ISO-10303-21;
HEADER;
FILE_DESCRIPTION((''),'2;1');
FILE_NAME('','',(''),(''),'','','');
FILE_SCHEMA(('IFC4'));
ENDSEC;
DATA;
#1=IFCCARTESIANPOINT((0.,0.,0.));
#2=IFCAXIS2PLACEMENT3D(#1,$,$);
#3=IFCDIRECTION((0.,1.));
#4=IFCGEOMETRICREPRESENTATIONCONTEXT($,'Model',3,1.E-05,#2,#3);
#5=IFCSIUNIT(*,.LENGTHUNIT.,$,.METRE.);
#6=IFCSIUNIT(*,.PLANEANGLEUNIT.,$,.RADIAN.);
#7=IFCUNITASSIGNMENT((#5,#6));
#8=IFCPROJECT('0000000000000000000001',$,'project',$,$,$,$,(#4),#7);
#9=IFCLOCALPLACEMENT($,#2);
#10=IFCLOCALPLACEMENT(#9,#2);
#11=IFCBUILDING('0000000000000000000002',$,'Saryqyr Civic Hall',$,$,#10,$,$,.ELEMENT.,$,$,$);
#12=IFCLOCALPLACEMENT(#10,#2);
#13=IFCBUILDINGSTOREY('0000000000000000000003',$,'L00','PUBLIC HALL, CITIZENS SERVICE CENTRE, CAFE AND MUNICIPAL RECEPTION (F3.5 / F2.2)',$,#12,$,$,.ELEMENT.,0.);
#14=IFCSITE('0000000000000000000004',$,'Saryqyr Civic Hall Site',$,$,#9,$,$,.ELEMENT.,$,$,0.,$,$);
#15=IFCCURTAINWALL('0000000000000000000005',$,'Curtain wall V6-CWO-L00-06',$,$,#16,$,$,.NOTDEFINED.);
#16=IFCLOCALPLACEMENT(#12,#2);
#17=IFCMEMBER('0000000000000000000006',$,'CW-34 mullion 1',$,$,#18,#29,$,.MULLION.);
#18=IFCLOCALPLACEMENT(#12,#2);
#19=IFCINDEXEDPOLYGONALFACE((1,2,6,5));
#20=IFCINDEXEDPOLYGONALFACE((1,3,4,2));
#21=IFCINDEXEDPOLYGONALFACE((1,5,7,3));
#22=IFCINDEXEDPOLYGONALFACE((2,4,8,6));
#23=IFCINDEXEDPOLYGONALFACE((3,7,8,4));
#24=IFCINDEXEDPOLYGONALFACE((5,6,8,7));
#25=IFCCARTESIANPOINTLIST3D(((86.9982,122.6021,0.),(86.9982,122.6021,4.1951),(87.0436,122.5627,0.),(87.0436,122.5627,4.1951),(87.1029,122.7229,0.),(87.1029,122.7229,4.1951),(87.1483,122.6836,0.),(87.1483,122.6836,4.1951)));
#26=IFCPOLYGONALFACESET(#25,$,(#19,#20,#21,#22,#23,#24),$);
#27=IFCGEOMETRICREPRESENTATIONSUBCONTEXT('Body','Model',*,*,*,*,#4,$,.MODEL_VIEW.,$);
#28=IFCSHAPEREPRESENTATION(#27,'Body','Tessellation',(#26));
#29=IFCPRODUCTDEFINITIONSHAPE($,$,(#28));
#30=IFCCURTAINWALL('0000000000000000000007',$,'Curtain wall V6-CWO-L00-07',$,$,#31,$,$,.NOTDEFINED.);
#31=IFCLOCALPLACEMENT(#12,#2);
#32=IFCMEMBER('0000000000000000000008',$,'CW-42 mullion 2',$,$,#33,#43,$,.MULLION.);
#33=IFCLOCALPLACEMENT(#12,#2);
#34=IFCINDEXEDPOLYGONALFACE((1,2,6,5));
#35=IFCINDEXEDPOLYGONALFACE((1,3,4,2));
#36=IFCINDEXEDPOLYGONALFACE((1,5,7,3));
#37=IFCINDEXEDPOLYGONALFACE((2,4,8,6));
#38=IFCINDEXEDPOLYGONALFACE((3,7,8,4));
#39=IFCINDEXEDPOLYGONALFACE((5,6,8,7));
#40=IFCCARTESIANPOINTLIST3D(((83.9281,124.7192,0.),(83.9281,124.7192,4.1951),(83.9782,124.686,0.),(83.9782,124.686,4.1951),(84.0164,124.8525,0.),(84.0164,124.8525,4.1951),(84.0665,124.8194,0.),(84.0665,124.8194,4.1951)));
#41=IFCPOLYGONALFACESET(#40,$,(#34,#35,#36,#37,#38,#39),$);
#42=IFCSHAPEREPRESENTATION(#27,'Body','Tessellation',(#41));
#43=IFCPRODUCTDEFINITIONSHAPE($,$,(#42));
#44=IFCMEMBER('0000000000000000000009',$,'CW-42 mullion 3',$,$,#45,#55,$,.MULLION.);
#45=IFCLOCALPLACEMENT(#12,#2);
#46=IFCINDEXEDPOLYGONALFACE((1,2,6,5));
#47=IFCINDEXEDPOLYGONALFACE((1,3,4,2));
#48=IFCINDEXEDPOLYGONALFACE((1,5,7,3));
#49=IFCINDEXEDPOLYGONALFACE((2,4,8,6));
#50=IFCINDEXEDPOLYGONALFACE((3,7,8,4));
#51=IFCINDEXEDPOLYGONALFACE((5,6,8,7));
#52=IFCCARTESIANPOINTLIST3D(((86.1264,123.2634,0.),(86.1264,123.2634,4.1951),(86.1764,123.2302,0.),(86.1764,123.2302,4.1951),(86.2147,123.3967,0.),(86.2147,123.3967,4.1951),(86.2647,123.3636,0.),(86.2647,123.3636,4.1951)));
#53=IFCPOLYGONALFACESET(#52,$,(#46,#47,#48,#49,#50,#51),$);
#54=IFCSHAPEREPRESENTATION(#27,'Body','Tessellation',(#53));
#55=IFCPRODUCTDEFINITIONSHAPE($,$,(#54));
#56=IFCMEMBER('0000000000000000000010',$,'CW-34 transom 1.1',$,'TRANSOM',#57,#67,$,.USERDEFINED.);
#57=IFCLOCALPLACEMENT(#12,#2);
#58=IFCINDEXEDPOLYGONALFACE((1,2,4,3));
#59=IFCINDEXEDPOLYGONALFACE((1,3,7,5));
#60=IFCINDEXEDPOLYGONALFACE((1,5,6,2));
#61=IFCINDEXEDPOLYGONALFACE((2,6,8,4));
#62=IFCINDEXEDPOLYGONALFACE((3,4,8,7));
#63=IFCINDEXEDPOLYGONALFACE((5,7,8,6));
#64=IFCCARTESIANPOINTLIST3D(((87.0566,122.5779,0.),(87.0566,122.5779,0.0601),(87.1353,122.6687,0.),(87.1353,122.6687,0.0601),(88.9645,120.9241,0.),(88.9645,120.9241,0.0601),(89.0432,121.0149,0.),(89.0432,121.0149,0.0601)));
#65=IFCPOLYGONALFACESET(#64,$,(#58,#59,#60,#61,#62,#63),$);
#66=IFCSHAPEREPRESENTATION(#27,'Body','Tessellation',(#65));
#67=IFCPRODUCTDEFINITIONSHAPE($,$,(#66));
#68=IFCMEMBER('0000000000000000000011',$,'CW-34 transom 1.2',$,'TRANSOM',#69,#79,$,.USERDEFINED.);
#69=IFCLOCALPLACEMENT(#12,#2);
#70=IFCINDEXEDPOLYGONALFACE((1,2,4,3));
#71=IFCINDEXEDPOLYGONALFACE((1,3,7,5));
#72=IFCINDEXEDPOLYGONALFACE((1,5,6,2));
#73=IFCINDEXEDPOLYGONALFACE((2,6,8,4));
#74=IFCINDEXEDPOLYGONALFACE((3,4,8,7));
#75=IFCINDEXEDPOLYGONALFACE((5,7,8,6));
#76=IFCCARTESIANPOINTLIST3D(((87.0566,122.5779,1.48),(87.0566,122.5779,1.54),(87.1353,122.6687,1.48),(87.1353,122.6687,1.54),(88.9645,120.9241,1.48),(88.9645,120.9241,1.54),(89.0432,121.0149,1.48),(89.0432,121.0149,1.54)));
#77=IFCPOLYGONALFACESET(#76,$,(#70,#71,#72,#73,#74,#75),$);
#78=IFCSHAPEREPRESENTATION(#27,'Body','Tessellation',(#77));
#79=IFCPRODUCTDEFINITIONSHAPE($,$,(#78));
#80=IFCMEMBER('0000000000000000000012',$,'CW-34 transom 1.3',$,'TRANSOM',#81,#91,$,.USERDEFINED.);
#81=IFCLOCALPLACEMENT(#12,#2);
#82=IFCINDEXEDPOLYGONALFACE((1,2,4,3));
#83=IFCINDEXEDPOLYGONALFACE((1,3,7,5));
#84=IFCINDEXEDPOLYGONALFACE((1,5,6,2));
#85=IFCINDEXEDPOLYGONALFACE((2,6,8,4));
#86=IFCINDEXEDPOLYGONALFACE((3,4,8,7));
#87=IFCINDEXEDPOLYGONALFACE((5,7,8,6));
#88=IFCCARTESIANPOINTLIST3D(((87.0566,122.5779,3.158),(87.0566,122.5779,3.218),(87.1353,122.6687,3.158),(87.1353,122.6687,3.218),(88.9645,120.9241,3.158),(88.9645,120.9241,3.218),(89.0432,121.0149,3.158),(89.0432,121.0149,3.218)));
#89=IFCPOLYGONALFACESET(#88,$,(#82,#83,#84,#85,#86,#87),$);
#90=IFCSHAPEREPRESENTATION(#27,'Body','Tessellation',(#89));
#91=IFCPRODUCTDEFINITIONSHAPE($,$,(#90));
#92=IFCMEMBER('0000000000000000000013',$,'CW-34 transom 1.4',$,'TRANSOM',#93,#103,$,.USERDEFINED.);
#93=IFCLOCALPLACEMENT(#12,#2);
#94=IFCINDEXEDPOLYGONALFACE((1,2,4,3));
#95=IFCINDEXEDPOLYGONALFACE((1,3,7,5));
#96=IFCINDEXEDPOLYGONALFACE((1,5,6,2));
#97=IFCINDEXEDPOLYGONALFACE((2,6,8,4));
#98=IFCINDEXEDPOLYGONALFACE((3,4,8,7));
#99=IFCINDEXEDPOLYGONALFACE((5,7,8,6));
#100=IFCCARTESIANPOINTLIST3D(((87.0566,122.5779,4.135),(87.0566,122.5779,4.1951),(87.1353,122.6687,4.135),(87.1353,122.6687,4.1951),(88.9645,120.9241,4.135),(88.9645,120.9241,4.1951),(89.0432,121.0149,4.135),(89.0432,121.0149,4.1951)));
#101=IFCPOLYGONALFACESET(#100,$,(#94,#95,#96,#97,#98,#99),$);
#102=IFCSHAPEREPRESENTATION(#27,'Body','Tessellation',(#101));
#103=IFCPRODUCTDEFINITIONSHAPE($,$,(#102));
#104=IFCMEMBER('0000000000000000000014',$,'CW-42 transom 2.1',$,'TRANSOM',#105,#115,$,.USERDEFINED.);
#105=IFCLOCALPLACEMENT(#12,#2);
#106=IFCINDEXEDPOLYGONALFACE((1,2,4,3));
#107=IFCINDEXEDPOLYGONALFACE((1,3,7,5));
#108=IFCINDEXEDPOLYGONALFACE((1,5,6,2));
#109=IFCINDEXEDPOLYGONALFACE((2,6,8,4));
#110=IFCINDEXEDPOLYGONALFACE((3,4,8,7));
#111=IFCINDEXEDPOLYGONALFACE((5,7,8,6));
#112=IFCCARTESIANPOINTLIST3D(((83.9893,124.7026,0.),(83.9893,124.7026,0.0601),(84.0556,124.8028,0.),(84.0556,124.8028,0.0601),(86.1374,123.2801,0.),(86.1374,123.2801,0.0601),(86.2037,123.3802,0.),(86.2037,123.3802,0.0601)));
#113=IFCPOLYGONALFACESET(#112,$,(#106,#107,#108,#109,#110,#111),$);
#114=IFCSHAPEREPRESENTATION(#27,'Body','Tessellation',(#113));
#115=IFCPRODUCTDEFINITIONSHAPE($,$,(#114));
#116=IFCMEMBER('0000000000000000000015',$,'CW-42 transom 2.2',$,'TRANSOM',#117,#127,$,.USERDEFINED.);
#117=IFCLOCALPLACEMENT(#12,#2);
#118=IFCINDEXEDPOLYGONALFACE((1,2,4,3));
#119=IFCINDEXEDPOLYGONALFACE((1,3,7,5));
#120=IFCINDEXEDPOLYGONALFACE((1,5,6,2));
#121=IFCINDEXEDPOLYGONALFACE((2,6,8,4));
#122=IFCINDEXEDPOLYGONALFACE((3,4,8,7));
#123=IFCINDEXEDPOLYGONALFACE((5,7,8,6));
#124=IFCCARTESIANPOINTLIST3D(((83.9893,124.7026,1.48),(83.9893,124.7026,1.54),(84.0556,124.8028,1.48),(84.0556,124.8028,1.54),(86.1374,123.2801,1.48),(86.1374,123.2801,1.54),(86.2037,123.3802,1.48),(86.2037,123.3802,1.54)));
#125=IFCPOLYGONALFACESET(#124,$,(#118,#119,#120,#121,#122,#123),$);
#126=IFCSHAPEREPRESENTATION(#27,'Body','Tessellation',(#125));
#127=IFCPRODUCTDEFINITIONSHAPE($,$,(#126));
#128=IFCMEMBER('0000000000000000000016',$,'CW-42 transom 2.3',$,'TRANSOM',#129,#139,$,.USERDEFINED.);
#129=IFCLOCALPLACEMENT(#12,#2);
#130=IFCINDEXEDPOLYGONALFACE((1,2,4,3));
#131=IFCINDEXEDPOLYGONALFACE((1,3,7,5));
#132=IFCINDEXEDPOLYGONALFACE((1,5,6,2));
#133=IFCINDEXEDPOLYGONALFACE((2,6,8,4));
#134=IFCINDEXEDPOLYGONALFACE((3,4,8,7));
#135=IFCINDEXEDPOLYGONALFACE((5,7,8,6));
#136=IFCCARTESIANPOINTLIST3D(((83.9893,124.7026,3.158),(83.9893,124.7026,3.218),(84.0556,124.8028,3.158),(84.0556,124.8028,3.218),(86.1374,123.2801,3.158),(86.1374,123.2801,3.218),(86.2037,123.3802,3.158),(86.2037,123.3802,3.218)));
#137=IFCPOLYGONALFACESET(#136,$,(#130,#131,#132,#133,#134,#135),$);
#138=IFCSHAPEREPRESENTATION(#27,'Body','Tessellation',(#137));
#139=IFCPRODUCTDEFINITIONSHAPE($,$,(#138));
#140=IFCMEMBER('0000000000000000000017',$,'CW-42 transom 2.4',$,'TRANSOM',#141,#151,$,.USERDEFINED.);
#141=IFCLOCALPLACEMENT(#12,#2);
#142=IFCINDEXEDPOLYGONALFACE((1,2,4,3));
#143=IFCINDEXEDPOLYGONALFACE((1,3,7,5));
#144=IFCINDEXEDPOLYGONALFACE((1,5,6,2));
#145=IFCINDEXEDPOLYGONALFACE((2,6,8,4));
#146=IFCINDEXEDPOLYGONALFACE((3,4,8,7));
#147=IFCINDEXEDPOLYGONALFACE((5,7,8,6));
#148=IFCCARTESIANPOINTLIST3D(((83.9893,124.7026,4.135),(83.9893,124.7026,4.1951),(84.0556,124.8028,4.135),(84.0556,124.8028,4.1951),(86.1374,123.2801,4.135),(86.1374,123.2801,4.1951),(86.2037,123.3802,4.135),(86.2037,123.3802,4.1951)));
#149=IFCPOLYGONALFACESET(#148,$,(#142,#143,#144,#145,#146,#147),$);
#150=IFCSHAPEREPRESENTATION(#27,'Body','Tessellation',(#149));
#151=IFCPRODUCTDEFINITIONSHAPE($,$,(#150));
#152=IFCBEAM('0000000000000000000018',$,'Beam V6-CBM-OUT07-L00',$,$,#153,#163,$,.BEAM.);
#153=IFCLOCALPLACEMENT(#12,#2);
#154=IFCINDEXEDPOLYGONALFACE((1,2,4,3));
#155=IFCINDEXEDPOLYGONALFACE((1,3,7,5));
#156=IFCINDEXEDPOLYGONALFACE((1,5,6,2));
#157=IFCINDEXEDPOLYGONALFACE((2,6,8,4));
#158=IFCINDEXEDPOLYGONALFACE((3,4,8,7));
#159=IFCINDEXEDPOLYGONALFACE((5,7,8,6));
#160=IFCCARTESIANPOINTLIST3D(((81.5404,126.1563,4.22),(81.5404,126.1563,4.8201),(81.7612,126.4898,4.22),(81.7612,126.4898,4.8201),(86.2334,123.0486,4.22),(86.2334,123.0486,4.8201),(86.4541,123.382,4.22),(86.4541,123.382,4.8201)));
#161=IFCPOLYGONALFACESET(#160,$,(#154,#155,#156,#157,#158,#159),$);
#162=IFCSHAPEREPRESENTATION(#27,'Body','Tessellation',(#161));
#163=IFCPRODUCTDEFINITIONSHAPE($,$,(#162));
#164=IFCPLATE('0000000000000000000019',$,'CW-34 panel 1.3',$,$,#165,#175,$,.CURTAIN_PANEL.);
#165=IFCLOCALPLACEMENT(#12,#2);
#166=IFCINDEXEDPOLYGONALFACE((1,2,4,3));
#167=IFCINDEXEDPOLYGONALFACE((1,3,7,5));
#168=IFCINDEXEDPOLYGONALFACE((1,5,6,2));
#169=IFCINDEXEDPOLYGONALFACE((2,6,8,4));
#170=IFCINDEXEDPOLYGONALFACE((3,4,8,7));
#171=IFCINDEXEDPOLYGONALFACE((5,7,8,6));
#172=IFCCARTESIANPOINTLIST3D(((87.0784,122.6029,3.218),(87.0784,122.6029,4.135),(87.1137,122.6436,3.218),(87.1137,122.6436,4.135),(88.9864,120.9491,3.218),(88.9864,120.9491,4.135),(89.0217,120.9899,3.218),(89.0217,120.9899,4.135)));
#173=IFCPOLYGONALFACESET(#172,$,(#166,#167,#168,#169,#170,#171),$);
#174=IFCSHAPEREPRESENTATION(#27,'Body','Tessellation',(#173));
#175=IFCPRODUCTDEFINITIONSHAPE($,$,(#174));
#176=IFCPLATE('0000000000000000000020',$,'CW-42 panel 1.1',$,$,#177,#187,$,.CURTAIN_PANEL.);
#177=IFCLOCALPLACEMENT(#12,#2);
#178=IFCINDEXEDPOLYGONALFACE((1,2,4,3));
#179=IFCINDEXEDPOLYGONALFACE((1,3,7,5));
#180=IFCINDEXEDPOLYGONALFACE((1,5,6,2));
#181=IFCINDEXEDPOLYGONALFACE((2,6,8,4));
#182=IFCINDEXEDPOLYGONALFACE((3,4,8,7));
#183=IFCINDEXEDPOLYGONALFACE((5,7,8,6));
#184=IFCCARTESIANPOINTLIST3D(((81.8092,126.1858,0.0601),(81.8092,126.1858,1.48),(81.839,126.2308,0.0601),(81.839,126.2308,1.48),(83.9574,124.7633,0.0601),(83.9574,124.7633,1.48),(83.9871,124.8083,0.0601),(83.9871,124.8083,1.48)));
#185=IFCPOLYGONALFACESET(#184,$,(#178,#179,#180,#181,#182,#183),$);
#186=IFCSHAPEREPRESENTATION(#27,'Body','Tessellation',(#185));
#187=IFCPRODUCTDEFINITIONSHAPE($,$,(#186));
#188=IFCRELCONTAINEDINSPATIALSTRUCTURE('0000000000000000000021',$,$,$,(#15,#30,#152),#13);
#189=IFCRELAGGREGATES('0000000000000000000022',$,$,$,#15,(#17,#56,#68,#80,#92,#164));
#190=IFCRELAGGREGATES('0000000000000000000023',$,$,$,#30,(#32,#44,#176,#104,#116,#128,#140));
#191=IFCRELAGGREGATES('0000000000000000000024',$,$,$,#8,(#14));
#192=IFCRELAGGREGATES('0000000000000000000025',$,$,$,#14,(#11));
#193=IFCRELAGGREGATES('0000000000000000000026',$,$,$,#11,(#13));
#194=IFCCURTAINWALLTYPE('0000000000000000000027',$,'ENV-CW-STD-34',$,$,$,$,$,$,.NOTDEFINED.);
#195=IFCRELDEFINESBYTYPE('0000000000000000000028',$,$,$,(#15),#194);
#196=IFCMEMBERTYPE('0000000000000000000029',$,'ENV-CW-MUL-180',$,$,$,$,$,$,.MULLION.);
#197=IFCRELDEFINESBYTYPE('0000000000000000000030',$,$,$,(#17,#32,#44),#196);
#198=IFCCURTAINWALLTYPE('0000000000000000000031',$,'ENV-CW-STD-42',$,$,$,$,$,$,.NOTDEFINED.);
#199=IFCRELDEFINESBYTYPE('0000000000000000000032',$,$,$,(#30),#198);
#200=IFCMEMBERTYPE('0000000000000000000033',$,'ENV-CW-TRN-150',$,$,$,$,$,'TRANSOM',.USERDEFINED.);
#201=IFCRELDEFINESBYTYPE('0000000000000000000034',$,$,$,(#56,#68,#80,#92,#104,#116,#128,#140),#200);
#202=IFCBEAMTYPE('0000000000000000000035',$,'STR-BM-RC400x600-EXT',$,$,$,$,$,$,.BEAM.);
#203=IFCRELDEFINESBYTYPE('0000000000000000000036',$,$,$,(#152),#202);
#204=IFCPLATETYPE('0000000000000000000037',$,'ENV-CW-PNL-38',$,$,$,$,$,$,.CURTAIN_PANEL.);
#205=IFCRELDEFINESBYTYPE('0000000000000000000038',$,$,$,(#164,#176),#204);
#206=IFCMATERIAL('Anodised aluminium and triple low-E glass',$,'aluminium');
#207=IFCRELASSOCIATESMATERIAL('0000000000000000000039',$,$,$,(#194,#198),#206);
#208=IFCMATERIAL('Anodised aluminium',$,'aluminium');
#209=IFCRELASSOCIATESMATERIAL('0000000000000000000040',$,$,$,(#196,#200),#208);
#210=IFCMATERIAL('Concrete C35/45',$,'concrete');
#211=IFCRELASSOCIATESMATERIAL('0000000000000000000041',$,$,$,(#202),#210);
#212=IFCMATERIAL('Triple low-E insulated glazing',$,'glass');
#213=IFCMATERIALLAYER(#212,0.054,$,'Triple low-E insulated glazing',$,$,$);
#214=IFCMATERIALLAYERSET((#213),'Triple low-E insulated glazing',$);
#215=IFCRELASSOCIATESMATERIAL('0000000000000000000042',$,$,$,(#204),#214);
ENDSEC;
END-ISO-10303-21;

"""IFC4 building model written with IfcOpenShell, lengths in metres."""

from ifc_helpers import new_model, si_unit, direction, frame, origin, origin_2d, place, context, subcontext, project, spatial, rectangle, extrude, material, layer, layer_set, material_profile, profile_set, type_object, element, aggregate, save


model = new_model("IFC4")

# Units and contexts
model_context = context("Model", 3, precision=1e-05, world=origin(), true_north=direction((0.0, 1.0)))
body_context = subcontext(model_context, "Body", "Model", "MODEL_VIEW")
ifc_project = project(units=[si_unit("LENGTHUNIT", "METRE"), si_unit("PLANEANGLEUNIT", "RADIAN")], contexts=[model_context])

# Site, building, storey
site_placement = place(None, origin())
site = spatial("IfcSite", under=ifc_project, at=site_placement, Name="Saryqyr Civic Hall Site", CompositionType="ELEMENT", RefElevation=0.0)
building_placement = place(site_placement, origin())
building = spatial("IfcBuilding", under=site, at=building_placement, Name="Saryqyr Civic Hall", CompositionType="ELEMENT")
storey_placement = place(building_placement, origin())
storey = spatial("IfcBuildingStorey", under=building, at=storey_placement, Name="L00", Description="PUBLIC HALL, CITIZENS SERVICE CENTRE, CAFE AND MUNICIPAL RECEPTION (F3.5 / F2.2)", CompositionType="ELEMENT", Elevation=0.0)

# Curtain wall, member
ifc_material_1 = material(Name="Anodised aluminium and triple low-E glass", Category="aluminium")
curtain_wall_type_1 = type_object("IfcCurtainWallType", Name="ENV-CW-STD-34", PredefinedType="NOTDEFINED", material=ifc_material_1)
curtain_wall_1_placement = place(storey_placement, origin())
curtain_wall_1 = element("IfcCurtainWall", 1, at=curtain_wall_1_placement, inside=storey, type_object=curtain_wall_type_1, Name="Curtain wall V6-CWO-L00-06", PredefinedType="NOTDEFINED")
ifc_material_2 = material(Name="Anodised aluminium", Category="aluminium")
ifc_material_profile_1 = material_profile(ifc_material_2, rectangle(XDim=0.0601, YDim=0.1599, at=origin_2d()), Name="ALU MULLION 60x160")
ifc_profile_set_1 = profile_set([ifc_material_profile_1], Name="Anodised aluminium")
member_type_1 = type_object("IfcMemberType", Name="ENV-CW-MUL-180", PredefinedType="MULLION", material=ifc_profile_set_1)
member_1_placement = place(storey_placement, frame((87.0732, 122.6428, 0.0), z_axis=(0.0, 0.0, 1.0), x_axis=(0.755656, -0.654968, 0.0)))
member_1 = element("IfcMember", 2, at=member_1_placement, type_object=member_type_1, Name="CW-34 mullion 1", PredefinedType="MULLION", context=body_context, shape_type="SweptSolid", body=[
    extrude(rectangle(XDim=0.0601, YDim=0.1599, at=origin_2d()), origin(), (0.0, 0.0, 1.0), 4.1951),
])

# Curtain wall, members
curtain_wall_type_2 = type_object("IfcCurtainWallType", Name="ENV-CW-STD-42", PredefinedType="NOTDEFINED", material=ifc_material_1)
curtain_wall_2_placement = place(storey_placement, origin())
curtain_wall_2 = element("IfcCurtainWall", 3, at=curtain_wall_2_placement, inside=storey, type_object=curtain_wall_type_2, Name="Curtain wall V6-CWO-L00-07", PredefinedType="NOTDEFINED")
member_2_placement = place(storey_placement, frame((83.9973, 124.7693, 0.0), z_axis=(0.0, 0.0, 1.0), x_axis=(0.833763, -0.552123, 0.0)))
member_2 = element("IfcMember", 4, at=member_2_placement, type_object=member_type_1, Name="CW-42 mullion 2", PredefinedType="MULLION", context=body_context, shape_type="SweptSolid", body=[
    extrude(rectangle(XDim=0.0601, YDim=0.1599, at=origin_2d()), origin(), (0.0, 0.0, 1.0), 4.1951),
])
member_3_placement = place(storey_placement, frame((86.1956, 123.3135, 0.0), z_axis=(0.0, 0.0, 1.0), x_axis=(0.833763, -0.552123, 0.0)))
member_3 = element("IfcMember", 5, at=member_3_placement, type_object=member_type_1, Name="CW-42 mullion 3", PredefinedType="MULLION", context=body_context, shape_type="SweptSolid", body=[
    extrude(rectangle(XDim=0.0601, YDim=0.1599, at=origin_2d()), origin(), (0.0, 0.0, 1.0), 4.1951),
])

# Members
ifc_material_profile_2 = material_profile(ifc_material_2, rectangle(XDim=0.1201, YDim=0.0601, at=origin_2d()), Name="ALU TRANSOM 120x60")
ifc_profile_set_2 = profile_set([ifc_material_profile_2], Name="Anodised aluminium")
member_type_2 = type_object("IfcMemberType", Name="ENV-CW-TRN-150", ElementType="TRANSOM", PredefinedType="USERDEFINED", material=ifc_profile_set_2)
member_4_placement = place(storey_placement, frame((87.0959, 122.6233, 0.03), z_axis=(0.755641, -0.654986, 0.0), x_axis=(0.654986, 0.755641, 0.0)))
member_4 = element("IfcMember", 6, at=member_4_placement, type_object=member_type_2, Name="CW-34 transom 1.1", ObjectType="TRANSOM", PredefinedType="USERDEFINED", context=body_context, shape_type="SweptSolid", body=[
    extrude(rectangle(XDim=0.1201, YDim=0.0601, at=origin_2d()), origin(), (0.0, 0.0, 1.0), 2.5249),
])
member_5_placement = place(storey_placement, frame((87.0959, 122.6233, 1.51), z_axis=(0.755641, -0.654986, 0.0), x_axis=(0.654986, 0.755641, 0.0)))
member_5 = element("IfcMember", 7, at=member_5_placement, type_object=member_type_2, Name="CW-34 transom 1.2", ObjectType="TRANSOM", PredefinedType="USERDEFINED", context=body_context, shape_type="SweptSolid", body=[
    extrude(rectangle(XDim=0.1201, YDim=0.0601, at=origin_2d()), origin(), (0.0, 0.0, 1.0), 2.5249),
])
member_6_placement = place(storey_placement, frame((87.0959, 122.6233, 3.188), z_axis=(0.755641, -0.654986, 0.0), x_axis=(0.654986, 0.755641, 0.0)))
member_6 = element("IfcMember", 8, at=member_6_placement, type_object=member_type_2, Name="CW-34 transom 1.3", ObjectType="TRANSOM", PredefinedType="USERDEFINED", context=body_context, shape_type="SweptSolid", body=[
    extrude(rectangle(XDim=0.1201, YDim=0.0601, at=origin_2d()), origin(), (0.0, 0.0, 1.0), 2.5249),
])
member_7_placement = place(storey_placement, frame((87.0959, 122.6233, 4.165), z_axis=(0.755641, -0.654986, 0.0), x_axis=(0.654986, 0.755641, 0.0)))
member_7 = element("IfcMember", 9, at=member_7_placement, type_object=member_type_2, Name="CW-34 transom 1.4", ObjectType="TRANSOM", PredefinedType="USERDEFINED", context=body_context, shape_type="SweptSolid", body=[
    extrude(rectangle(XDim=0.1201, YDim=0.0601, at=origin_2d()), origin(), (0.0, 0.0, 1.0), 2.5249),
])
member_8_placement = place(storey_placement, frame((84.0225, 124.7527, 0.03), z_axis=(0.833752, -0.552139, 0.0), x_axis=(0.552139, 0.833752, 0.0)))
member_8 = element("IfcMember", 10, at=member_8_placement, type_object=member_type_2, Name="CW-42 transom 2.1", ObjectType="TRANSOM", PredefinedType="USERDEFINED", context=body_context, shape_type="SweptSolid", body=[
    extrude(rectangle(XDim=0.1201, YDim=0.0601, at=origin_2d()), origin(), (0.0, 0.0, 1.0), 2.5764),
])
member_9_placement = place(storey_placement, frame((84.0225, 124.7527, 1.51), z_axis=(0.833752, -0.552139, 0.0), x_axis=(0.552139, 0.833752, 0.0)))
member_9 = element("IfcMember", 11, at=member_9_placement, type_object=member_type_2, Name="CW-42 transom 2.2", ObjectType="TRANSOM", PredefinedType="USERDEFINED", context=body_context, shape_type="SweptSolid", body=[
    extrude(rectangle(XDim=0.1201, YDim=0.0601, at=origin_2d()), origin(), (0.0, 0.0, 1.0), 2.5764),
])
member_10_placement = place(storey_placement, frame((84.0225, 124.7527, 3.188), z_axis=(0.833752, -0.552139, 0.0), x_axis=(0.552139, 0.833752, 0.0)))
member_10 = element("IfcMember", 12, at=member_10_placement, type_object=member_type_2, Name="CW-42 transom 2.3", ObjectType="TRANSOM", PredefinedType="USERDEFINED", context=body_context, shape_type="SweptSolid", body=[
    extrude(rectangle(XDim=0.1201, YDim=0.0601, at=origin_2d()), origin(), (0.0, 0.0, 1.0), 2.5764),
])
member_11_placement = place(storey_placement, frame((84.0225, 124.7527, 4.165), z_axis=(0.833752, -0.552139, 0.0), x_axis=(0.552139, 0.833752, 0.0)))
member_11 = element("IfcMember", 13, at=member_11_placement, type_object=member_type_2, Name="CW-42 transom 2.4", ObjectType="TRANSOM", PredefinedType="USERDEFINED", context=body_context, shape_type="SweptSolid", body=[
    extrude(rectangle(XDim=0.1201, YDim=0.0601, at=origin_2d()), origin(), (0.0, 0.0, 1.0), 2.5764),
])

# Beam
ifc_material_3 = material(Name="Concrete C35/45", Category="concrete")
ifc_material_profile_3 = material_profile(ifc_material_3, rectangle(XDim=0.3999, YDim=0.6001, at=origin_2d()), Name="RC 400x600")
ifc_profile_set_3 = profile_set([ifc_material_profile_3], Name="Concrete C35/45")
beam_type = type_object("IfcBeamType", Name="STR-BM-RC400x600-EXT", PredefinedType="BEAM", material=ifc_profile_set_3)
beam_placement = place(storey_placement, frame((86.3438, 123.2153, 4.52), z_axis=(-0.833761, 0.552125, 0.0), x_axis=(-0.552125, -0.833761, 0.0)))
element("IfcBeam", 14, at=beam_placement, inside=storey, type_object=beam_type, Name="Beam V6-CBM-OUT07-L00", PredefinedType="BEAM", context=body_context, shape_type="SweptSolid", body=[
    extrude(rectangle(XDim=0.3999, YDim=0.6001, at=origin_2d()), origin(), (0.0, 0.0, 1.0), 5.6287),
])

# Plates
ifc_material_4 = material(Name="Triple low-E insulated glazing", Category="glass")
ifc_layer_1 = layer(ifc_material_4, 0.054, Name="Triple low-E insulated glazing")
ifc_layer_set_1 = layer_set([ifc_layer_1], Name="Triple low-E insulated glazing")
plate_type = type_object("IfcPlateType", Name="ENV-CW-PNL-38", PredefinedType="CURTAIN_PANEL", material=ifc_layer_set_1)
plate_1_placement = place(storey_placement, frame((88.05, 121.7964, 3.218), z_axis=(0.0, 0.0, 1.0), x_axis=(0.755656, -0.654968, 0.0)))
plate_1 = element("IfcPlate", 15, at=plate_1_placement, type_object=plate_type, Name="CW-34 panel 1.3", PredefinedType="CURTAIN_PANEL", context=body_context, shape_type="SweptSolid", body=[
    extrude(rectangle(XDim=2.5249, YDim=0.054, at=origin_2d()), origin(), (0.0, 0.0, 1.0), 0.917),
])
aggregate(curtain_wall_1, [member_1, member_4, member_5, member_6, member_7, plate_1])
plate_2_placement = place(storey_placement, frame((82.8982, 125.4971, 0.0601), z_axis=(0.0, 0.0, 1.0), x_axis=(0.833763, -0.552123, 0.0)))
plate_2 = element("IfcPlate", 16, at=plate_2_placement, type_object=plate_type, Name="CW-42 panel 1.1", PredefinedType="CURTAIN_PANEL", context=body_context, shape_type="SweptSolid", body=[
    extrude(rectangle(XDim=2.5764, YDim=0.054, at=origin_2d()), origin(), (0.0, 0.0, 1.0), 1.4199),
])
aggregate(curtain_wall_2, [member_2, member_3, plate_2, member_8, member_9, member_10, member_11])

save(model, "model.ifc")
